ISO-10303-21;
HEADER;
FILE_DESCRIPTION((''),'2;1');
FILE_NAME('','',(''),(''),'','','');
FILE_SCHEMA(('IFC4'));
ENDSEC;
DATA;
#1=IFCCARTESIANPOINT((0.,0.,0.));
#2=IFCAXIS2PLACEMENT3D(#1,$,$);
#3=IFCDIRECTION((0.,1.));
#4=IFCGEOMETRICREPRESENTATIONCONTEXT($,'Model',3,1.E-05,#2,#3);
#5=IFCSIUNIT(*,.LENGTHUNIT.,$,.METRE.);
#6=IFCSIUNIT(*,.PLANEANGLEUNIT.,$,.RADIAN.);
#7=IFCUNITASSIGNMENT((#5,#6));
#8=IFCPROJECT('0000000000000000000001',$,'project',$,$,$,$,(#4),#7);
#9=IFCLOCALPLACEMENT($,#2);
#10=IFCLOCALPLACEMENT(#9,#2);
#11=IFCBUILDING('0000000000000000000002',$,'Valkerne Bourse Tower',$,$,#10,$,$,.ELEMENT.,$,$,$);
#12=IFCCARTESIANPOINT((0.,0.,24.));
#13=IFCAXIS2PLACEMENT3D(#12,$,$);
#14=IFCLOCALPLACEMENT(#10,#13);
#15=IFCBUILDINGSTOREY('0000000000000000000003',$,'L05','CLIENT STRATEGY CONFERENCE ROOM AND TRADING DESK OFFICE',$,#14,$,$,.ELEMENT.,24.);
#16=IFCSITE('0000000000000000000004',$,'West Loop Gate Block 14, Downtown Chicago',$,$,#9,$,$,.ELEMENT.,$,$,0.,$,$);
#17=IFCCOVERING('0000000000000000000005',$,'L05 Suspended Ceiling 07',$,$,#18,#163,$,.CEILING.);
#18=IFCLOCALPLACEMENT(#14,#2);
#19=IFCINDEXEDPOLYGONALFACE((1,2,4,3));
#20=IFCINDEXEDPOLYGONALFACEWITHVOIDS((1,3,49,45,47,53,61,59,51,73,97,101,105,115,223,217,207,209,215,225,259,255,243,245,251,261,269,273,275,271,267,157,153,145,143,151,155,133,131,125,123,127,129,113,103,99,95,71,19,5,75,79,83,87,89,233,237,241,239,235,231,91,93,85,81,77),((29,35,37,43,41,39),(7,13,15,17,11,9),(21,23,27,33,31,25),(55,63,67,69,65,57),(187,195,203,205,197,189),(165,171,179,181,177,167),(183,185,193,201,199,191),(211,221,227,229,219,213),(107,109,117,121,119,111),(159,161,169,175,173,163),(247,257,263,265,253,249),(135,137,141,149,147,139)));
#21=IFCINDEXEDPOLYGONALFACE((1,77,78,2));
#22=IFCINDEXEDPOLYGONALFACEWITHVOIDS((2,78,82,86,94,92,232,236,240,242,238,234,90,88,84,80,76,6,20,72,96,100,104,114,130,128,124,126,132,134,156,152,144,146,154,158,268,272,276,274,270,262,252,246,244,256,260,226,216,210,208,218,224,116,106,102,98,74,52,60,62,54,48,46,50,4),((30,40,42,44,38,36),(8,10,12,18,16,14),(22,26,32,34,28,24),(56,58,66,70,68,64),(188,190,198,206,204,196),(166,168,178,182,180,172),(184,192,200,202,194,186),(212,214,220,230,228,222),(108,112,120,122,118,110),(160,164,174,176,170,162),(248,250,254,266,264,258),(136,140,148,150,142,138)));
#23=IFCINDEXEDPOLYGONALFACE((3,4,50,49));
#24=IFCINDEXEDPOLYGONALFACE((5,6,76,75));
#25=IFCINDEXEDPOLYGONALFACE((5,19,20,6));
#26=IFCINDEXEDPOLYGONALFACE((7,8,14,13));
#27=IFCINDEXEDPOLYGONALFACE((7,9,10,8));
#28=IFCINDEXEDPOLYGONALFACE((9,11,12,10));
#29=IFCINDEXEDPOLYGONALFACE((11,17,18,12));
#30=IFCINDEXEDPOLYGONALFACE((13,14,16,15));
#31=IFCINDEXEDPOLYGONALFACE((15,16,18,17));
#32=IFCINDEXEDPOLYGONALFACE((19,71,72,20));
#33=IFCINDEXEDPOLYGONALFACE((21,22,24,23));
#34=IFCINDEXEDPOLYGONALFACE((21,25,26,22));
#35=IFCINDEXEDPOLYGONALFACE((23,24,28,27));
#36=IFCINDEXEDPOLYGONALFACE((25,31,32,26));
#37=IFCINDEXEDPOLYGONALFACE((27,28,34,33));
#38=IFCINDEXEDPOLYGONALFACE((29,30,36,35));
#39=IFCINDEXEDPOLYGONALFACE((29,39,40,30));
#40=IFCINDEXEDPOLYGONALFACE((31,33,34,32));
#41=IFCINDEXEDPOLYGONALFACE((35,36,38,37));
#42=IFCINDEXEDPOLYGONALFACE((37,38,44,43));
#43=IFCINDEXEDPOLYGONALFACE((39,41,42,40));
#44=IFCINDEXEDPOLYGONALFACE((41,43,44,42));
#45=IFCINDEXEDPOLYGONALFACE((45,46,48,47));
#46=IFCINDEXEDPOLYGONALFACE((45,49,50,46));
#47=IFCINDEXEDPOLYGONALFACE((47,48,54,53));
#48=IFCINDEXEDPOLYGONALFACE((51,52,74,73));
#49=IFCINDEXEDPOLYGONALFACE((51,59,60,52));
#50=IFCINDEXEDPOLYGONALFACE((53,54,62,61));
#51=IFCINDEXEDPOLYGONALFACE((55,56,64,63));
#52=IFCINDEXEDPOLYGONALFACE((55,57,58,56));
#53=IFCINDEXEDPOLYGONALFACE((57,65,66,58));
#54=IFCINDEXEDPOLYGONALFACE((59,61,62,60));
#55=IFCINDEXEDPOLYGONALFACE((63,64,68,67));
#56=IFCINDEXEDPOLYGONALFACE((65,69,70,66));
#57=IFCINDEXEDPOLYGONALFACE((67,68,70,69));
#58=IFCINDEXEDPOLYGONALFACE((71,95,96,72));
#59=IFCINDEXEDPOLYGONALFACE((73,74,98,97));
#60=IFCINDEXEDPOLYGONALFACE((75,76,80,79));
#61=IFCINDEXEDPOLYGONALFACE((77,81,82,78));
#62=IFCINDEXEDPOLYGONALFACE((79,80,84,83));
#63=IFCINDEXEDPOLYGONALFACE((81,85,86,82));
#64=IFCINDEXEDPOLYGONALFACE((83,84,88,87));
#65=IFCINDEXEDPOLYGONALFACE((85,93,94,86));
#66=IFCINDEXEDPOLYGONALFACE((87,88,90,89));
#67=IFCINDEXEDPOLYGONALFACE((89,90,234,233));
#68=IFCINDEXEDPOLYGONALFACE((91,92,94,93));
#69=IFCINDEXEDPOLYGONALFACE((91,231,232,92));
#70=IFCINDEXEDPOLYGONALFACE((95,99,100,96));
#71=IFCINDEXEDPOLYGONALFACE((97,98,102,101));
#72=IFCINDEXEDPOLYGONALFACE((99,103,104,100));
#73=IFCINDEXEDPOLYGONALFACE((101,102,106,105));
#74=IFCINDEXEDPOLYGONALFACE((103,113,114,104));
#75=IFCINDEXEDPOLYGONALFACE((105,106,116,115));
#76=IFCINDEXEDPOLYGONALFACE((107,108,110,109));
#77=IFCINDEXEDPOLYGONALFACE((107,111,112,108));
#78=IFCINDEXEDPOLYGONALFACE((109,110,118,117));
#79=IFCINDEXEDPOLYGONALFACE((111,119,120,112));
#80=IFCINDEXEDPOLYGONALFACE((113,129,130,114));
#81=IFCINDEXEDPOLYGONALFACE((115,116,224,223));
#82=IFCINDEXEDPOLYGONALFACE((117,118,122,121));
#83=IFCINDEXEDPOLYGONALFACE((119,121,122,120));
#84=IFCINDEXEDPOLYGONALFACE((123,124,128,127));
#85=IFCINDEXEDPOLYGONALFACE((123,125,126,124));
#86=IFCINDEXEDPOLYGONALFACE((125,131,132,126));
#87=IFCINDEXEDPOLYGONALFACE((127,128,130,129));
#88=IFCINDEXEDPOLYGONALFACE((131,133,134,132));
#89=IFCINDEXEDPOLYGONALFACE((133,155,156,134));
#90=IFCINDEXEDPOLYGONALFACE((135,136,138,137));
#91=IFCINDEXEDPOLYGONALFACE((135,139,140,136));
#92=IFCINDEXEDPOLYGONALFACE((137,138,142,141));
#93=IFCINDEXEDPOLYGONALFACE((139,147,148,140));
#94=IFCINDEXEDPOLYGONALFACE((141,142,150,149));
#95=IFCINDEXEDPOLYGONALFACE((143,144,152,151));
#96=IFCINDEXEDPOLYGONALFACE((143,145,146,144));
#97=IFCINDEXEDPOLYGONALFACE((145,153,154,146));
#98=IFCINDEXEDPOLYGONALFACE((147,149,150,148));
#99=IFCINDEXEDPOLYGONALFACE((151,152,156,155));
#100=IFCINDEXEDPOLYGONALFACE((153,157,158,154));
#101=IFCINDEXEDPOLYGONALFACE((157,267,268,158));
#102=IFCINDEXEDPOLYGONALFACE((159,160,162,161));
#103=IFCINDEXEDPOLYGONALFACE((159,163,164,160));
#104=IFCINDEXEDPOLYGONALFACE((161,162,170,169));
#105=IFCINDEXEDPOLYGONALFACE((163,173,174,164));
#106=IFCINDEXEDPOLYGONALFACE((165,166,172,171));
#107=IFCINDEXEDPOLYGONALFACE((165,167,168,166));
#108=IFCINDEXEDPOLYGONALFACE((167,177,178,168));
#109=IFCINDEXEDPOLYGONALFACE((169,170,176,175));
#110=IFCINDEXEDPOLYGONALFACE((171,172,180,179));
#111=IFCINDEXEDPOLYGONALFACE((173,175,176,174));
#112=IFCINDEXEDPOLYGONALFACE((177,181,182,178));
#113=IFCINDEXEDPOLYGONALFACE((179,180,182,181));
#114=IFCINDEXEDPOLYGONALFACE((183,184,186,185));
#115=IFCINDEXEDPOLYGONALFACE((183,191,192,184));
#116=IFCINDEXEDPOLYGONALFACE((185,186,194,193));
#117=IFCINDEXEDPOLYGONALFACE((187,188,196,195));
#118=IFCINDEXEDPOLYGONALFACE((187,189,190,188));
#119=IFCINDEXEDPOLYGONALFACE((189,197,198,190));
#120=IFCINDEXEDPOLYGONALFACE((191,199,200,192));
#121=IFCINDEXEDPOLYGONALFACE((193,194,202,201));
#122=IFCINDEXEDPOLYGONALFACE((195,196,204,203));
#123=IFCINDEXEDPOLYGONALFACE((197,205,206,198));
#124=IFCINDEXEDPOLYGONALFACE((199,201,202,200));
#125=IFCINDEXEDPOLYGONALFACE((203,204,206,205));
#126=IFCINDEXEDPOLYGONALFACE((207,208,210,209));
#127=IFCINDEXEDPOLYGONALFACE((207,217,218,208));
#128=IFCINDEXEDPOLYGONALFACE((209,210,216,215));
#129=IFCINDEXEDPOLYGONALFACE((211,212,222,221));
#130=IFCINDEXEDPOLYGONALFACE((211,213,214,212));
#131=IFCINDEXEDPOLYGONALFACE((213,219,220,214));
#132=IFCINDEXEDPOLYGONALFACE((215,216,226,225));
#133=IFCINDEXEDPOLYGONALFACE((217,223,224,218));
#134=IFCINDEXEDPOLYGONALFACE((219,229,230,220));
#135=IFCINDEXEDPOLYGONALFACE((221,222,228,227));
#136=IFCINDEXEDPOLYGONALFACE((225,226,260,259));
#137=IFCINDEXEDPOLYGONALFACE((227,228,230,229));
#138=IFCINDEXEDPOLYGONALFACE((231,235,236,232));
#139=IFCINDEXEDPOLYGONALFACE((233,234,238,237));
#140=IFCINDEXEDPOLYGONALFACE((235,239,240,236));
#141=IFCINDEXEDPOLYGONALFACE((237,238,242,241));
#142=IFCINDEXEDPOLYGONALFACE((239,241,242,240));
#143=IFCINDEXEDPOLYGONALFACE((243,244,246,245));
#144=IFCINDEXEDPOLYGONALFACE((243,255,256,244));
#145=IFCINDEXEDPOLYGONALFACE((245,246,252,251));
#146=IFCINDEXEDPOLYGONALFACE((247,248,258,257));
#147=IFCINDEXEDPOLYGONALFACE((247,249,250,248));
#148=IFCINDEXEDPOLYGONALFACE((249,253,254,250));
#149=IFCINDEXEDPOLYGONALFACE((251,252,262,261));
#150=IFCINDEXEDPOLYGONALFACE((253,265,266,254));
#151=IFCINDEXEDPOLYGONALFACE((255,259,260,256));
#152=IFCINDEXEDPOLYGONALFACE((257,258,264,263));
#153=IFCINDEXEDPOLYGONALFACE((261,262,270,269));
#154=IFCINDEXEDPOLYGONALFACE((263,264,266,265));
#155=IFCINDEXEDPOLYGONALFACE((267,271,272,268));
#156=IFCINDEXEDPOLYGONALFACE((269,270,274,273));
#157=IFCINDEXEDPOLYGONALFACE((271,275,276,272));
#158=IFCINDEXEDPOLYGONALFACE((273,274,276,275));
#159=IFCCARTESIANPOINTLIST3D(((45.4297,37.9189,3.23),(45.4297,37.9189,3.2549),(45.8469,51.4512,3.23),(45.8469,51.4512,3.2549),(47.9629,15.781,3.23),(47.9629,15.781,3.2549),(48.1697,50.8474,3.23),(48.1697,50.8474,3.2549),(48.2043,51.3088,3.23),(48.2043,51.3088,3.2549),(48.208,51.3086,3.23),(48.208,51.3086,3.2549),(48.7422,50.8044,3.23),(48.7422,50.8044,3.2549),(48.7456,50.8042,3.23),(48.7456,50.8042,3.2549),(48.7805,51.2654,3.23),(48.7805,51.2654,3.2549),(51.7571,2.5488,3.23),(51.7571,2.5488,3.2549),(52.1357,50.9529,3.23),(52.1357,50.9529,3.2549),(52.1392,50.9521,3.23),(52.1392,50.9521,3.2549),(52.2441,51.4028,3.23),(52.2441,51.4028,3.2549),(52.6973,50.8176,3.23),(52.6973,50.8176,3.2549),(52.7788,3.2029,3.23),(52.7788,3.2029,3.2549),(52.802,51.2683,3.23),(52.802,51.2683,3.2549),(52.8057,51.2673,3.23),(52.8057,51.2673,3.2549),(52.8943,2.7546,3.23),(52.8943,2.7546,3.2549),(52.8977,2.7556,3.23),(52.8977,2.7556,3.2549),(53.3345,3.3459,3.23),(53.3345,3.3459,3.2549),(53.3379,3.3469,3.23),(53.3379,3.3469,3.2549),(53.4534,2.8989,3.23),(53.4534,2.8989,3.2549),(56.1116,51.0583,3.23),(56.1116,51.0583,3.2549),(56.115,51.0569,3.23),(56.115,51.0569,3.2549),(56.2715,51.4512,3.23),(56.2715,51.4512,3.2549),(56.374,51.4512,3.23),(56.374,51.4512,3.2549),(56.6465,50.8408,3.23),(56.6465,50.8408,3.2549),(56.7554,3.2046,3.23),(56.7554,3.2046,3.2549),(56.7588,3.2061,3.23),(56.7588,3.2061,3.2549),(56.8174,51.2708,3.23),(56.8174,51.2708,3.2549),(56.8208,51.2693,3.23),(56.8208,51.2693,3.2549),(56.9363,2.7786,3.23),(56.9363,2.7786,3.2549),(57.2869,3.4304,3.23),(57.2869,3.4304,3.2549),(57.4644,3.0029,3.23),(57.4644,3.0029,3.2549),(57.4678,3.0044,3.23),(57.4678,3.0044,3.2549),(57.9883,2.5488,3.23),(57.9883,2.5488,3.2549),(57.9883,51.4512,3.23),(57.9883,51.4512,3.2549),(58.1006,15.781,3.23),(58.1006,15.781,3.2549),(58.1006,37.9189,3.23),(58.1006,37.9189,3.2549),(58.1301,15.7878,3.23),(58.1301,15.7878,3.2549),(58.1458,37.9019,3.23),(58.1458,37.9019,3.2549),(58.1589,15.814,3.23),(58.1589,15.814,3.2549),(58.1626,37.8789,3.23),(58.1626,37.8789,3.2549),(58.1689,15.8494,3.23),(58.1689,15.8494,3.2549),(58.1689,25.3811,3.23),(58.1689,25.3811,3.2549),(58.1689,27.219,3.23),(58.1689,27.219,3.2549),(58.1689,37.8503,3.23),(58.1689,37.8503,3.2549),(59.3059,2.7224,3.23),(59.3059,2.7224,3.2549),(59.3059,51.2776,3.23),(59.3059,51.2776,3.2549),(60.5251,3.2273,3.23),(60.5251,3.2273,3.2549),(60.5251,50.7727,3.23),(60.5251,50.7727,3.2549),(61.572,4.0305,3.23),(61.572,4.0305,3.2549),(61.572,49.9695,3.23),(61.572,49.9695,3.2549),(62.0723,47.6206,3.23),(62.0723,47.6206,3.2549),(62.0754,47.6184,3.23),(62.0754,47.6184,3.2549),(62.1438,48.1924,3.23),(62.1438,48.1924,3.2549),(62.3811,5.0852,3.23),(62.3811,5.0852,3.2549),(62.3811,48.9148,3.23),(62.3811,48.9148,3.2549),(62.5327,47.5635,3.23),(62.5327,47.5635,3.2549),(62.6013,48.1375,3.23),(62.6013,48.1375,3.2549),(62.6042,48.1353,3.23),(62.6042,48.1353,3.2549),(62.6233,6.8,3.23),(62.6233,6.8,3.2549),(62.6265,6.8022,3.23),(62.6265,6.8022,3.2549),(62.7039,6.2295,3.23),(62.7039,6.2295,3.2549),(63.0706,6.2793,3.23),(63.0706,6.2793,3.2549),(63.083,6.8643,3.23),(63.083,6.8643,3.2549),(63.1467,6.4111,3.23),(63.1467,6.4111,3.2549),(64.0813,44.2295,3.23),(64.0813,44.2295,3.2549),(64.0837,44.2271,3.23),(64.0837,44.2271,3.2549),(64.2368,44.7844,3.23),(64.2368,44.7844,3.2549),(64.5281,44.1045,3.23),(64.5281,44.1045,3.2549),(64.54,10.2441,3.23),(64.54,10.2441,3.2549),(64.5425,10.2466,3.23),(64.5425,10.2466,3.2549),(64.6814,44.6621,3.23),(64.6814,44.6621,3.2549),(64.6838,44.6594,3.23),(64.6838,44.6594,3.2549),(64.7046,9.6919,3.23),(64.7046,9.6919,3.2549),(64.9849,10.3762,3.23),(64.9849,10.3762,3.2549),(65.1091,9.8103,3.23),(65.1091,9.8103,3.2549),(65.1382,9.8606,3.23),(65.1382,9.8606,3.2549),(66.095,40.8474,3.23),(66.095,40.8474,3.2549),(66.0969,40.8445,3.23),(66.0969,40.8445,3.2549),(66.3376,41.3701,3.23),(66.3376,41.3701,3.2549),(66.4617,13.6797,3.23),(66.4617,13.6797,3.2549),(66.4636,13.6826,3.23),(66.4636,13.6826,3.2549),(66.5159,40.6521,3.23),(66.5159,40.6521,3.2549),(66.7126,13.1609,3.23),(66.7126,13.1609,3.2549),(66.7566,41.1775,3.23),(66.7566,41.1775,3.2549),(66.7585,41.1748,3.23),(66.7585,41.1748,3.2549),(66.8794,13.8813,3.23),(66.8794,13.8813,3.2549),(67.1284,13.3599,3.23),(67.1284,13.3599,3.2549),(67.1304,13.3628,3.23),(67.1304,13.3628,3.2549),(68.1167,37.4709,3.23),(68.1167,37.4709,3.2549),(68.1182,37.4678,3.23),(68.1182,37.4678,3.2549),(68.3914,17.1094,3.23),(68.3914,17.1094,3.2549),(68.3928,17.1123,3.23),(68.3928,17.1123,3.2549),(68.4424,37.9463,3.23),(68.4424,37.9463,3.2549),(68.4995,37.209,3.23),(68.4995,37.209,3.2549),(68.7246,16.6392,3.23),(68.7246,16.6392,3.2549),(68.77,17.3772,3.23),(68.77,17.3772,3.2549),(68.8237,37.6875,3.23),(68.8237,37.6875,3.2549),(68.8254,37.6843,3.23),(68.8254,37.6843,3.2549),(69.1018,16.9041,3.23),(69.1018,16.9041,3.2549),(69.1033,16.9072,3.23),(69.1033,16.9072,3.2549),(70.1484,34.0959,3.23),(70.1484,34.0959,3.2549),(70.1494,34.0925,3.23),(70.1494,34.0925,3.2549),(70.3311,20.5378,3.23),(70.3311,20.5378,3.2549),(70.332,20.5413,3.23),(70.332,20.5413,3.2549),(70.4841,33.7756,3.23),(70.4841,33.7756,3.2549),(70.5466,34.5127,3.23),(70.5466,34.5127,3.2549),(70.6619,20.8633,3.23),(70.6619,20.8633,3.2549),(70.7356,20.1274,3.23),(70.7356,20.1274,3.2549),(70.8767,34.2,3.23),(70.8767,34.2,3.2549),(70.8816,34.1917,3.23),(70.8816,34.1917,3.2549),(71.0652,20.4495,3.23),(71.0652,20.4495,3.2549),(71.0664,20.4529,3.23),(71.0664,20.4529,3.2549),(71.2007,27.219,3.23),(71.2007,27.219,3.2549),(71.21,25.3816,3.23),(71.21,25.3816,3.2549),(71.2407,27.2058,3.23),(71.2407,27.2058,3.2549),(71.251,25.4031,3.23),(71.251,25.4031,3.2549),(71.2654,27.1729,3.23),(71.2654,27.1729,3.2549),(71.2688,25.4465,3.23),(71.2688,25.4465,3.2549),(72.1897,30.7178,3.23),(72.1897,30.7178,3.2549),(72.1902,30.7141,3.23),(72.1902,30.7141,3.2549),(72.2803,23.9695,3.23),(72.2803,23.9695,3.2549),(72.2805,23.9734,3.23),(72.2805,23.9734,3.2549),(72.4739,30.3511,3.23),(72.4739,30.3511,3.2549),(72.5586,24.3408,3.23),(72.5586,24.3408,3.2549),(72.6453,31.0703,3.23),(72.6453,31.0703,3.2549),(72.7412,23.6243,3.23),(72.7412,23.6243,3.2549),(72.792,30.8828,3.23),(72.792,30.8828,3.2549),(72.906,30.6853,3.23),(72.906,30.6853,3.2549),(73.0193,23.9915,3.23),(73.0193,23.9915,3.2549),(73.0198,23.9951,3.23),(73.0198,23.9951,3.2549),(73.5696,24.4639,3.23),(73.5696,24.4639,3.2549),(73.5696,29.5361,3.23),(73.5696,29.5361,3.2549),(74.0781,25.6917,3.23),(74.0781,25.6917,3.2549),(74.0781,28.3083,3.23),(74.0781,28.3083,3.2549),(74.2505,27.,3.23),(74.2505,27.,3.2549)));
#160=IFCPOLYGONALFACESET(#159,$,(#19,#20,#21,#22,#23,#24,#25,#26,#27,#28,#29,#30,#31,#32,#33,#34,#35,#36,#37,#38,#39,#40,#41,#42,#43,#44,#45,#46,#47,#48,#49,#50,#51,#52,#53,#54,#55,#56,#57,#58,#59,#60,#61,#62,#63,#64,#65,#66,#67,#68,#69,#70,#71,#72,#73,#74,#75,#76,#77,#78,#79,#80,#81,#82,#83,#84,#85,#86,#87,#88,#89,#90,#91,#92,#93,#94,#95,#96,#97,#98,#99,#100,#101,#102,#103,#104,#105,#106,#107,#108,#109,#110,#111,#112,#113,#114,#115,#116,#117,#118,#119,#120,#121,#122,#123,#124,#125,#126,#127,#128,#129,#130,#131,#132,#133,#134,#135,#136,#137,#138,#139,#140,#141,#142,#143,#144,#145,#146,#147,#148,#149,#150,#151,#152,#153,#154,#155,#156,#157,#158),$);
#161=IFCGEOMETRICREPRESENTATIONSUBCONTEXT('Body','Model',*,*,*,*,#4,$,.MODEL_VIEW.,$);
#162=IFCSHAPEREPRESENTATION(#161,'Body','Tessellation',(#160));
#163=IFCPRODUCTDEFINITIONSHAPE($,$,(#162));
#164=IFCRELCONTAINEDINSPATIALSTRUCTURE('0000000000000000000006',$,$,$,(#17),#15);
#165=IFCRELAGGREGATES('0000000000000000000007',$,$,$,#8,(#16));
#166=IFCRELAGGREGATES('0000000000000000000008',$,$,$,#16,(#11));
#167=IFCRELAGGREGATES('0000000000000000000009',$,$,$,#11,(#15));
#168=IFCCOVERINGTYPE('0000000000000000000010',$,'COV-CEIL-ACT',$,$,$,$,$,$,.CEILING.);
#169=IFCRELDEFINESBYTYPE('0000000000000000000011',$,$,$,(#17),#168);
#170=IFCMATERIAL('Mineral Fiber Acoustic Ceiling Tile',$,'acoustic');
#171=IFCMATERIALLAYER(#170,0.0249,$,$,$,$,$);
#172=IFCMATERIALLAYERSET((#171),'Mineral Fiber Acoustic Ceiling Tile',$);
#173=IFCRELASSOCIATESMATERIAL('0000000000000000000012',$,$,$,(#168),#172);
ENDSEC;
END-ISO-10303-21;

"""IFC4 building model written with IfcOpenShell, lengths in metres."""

from ifc_helpers import new_model, si_unit, direction, frame, origin, place, context, subcontext, project, spatial, polyline, outline, extrude, material, layer, layer_set, type_object, element, save


model = new_model("IFC4")

# Units and contexts
model_context = context("Model", 3, precision=1e-05, world=origin(), true_north=direction((0.0, 1.0)))
body_context = subcontext(model_context, "Body", "Model", "MODEL_VIEW")
ifc_project = project(units=[si_unit("LENGTHUNIT", "METRE"), si_unit("PLANEANGLEUNIT", "RADIAN")], contexts=[model_context])

# Site, building, storey
site_placement = place(None, origin())
site = spatial("IfcSite", under=ifc_project, at=site_placement, Name="West Loop Gate Block 14, Downtown Chicago", CompositionType="ELEMENT", RefElevation=0.0)
building_placement = place(site_placement, origin())
building = spatial("IfcBuilding", under=site, at=building_placement, Name="Valkerne Bourse Tower", CompositionType="ELEMENT")
storey_placement = place(building_placement, frame((0.0, 0.0, 24.0)))
storey = spatial("IfcBuildingStorey", under=building, at=storey_placement, Name="L05", Description="CLIENT STRATEGY CONFERENCE ROOM AND TRADING DESK OFFICE", CompositionType="ELEMENT", Elevation=24.0)

# Covering
ifc_material_1 = material(Name="Mineral Fiber Acoustic Ceiling Tile", Category="acoustic")
ifc_layer_1 = layer(ifc_material_1, 0.0249)
ifc_layer_set_1 = layer_set([ifc_layer_1], Name="Mineral Fiber Acoustic Ceiling Tile")
covering_type_1 = type_object("IfcCoveringType", Name="COV-CEIL-ACT", PredefinedType="CEILING", material=ifc_layer_set_1)
covering_1_placement = place(storey_placement, frame((0.0, 0.0, 3.23)))
element("IfcCovering", 1, at=covering_1_placement, inside=storey, type_object=covering_type_1, Name="L05 Suspended Ceiling 07", PredefinedType="CEILING", context=body_context, shape_type="SweptSolid", body=[
    extrude(outline(polyline([(59.3059, 2.7224), (57.9883, 2.5488), (51.7571, 2.5488), (47.9629, 15.781), (58.1006, 15.781), (58.1301, 15.7878), (58.1589, 15.814), (58.1689, 15.8494), (58.1689, 25.3811), (71.21, 25.3816), (71.251, 25.4031), (71.2688, 25.4465), (71.2654, 27.1729), (71.2407, 27.2058), (71.2007, 27.219), (58.1689, 27.219), (58.1689, 37.8503), (58.1626, 37.8789), (58.1458, 37.9019), (58.1006, 37.9189), (45.4297, 37.9189), (45.8469, 51.4512), (56.2715, 51.4512), (56.1116, 51.0583), (56.115, 51.0569), (56.6465, 50.8408), (56.8208, 51.2693), (56.8174, 51.2708), (56.374, 51.4512), (57.9883, 51.4512), (59.3059, 51.2776), (60.5251, 50.7727), (61.572, 49.9695), (62.3811, 48.9148), (70.8767, 34.2), (70.5466, 34.5127), (70.1484, 34.0959), (70.1494, 34.0925), (70.4841, 33.7756), (70.8816, 34.1917), (72.792, 30.8828), (72.6453, 31.0703), (72.1897, 30.7178), (72.1902, 30.7141), (72.4739, 30.3511), (72.906, 30.6853), (73.5696, 29.5361), (74.0781, 28.3083), (74.2505, 27.0), (74.0781, 25.6917), (73.5696, 24.4639), (65.1382, 9.8606), (64.9849, 10.3762), (64.5425, 10.2466), (64.54, 10.2441), (64.7046, 9.6919), (65.1091, 9.8103), (63.1467, 6.4111), (63.083, 6.8643), (62.6265, 6.8022), (62.6233, 6.8), (62.7039, 6.2295), (63.0706, 6.2793), (62.3811, 5.0852), (61.572, 4.0305), (60.5251, 3.2273), (59.3059, 2.7224)]), holes=[polyline([(53.4534, 2.8989), (53.3379, 3.3469), (53.3345, 3.3459), (52.7788, 3.2029), (52.8943, 2.7546), (52.8977, 2.7556), (53.4534, 2.8989)]), polyline([(48.7805, 51.2654), (48.208, 51.3086), (48.2043, 51.3088), (48.1697, 50.8474), (48.7422, 50.8044), (48.7456, 50.8042), (48.7805, 51.2654)]), polyline([(52.8057, 51.2673), (52.802, 51.2683), (52.2441, 51.4028), (52.1357, 50.9529), (52.1392, 50.9521), (52.6973, 50.8176), (52.8057, 51.2673)]), polyline([(57.4678, 3.0044), (57.2869, 3.4304), (56.7588, 3.2061), (56.7554, 3.2046), (56.9363, 2.7786), (57.4644, 3.0029), (57.4678, 3.0044)]), polyline([(67.1304, 13.3628), (66.8794, 13.8813), (66.4636, 13.6826), (66.4617, 13.6797), (66.7126, 13.1609), (67.1284, 13.3599), (67.1304, 13.3628)]), polyline([(69.1018, 16.9041), (69.1033, 16.9072), (68.77, 17.3772), (68.3928, 17.1123), (68.3914, 17.1094), (68.7246, 16.6392), (69.1018, 16.9041)]), polyline([(71.0652, 20.4495), (71.0664, 20.4529), (70.6619, 20.8633), (70.332, 20.5413), (70.3311, 20.5378), (70.7356, 20.1274), (71.0652, 20.4495)]), polyline([(73.0198, 23.9951), (72.5586, 24.3408), (72.2805, 23.9734), (72.2803, 23.9695), (72.7412, 23.6243), (73.0193, 23.9915), (73.0198, 23.9951)]), polyline([(68.8237, 37.6875), (68.4424, 37.9463), (68.1167, 37.4709), (68.1182, 37.4678), (68.4995, 37.209), (68.8254, 37.6843), (68.8237, 37.6875)]), polyline([(66.7585, 41.1748), (66.7566, 41.1775), (66.3376, 41.3701), (66.095, 40.8474), (66.0969, 40.8445), (66.5159, 40.6521), (66.7585, 41.1748)]), polyline([(64.6838, 44.6594), (64.6814, 44.6621), (64.2368, 44.7844), (64.0813, 44.2295), (64.0837, 44.2271), (64.5281, 44.1045), (64.6838, 44.6594)]), polyline([(62.6013, 48.1375), (62.1438, 48.1924), (62.0723, 47.6206), (62.0754, 47.6184), (62.5327, 47.5635), (62.6042, 48.1353), (62.6013, 48.1375)])]), origin(), (0.0, 0.0, 1.0), 0.0249),
])

save(model, "model.ifc")
